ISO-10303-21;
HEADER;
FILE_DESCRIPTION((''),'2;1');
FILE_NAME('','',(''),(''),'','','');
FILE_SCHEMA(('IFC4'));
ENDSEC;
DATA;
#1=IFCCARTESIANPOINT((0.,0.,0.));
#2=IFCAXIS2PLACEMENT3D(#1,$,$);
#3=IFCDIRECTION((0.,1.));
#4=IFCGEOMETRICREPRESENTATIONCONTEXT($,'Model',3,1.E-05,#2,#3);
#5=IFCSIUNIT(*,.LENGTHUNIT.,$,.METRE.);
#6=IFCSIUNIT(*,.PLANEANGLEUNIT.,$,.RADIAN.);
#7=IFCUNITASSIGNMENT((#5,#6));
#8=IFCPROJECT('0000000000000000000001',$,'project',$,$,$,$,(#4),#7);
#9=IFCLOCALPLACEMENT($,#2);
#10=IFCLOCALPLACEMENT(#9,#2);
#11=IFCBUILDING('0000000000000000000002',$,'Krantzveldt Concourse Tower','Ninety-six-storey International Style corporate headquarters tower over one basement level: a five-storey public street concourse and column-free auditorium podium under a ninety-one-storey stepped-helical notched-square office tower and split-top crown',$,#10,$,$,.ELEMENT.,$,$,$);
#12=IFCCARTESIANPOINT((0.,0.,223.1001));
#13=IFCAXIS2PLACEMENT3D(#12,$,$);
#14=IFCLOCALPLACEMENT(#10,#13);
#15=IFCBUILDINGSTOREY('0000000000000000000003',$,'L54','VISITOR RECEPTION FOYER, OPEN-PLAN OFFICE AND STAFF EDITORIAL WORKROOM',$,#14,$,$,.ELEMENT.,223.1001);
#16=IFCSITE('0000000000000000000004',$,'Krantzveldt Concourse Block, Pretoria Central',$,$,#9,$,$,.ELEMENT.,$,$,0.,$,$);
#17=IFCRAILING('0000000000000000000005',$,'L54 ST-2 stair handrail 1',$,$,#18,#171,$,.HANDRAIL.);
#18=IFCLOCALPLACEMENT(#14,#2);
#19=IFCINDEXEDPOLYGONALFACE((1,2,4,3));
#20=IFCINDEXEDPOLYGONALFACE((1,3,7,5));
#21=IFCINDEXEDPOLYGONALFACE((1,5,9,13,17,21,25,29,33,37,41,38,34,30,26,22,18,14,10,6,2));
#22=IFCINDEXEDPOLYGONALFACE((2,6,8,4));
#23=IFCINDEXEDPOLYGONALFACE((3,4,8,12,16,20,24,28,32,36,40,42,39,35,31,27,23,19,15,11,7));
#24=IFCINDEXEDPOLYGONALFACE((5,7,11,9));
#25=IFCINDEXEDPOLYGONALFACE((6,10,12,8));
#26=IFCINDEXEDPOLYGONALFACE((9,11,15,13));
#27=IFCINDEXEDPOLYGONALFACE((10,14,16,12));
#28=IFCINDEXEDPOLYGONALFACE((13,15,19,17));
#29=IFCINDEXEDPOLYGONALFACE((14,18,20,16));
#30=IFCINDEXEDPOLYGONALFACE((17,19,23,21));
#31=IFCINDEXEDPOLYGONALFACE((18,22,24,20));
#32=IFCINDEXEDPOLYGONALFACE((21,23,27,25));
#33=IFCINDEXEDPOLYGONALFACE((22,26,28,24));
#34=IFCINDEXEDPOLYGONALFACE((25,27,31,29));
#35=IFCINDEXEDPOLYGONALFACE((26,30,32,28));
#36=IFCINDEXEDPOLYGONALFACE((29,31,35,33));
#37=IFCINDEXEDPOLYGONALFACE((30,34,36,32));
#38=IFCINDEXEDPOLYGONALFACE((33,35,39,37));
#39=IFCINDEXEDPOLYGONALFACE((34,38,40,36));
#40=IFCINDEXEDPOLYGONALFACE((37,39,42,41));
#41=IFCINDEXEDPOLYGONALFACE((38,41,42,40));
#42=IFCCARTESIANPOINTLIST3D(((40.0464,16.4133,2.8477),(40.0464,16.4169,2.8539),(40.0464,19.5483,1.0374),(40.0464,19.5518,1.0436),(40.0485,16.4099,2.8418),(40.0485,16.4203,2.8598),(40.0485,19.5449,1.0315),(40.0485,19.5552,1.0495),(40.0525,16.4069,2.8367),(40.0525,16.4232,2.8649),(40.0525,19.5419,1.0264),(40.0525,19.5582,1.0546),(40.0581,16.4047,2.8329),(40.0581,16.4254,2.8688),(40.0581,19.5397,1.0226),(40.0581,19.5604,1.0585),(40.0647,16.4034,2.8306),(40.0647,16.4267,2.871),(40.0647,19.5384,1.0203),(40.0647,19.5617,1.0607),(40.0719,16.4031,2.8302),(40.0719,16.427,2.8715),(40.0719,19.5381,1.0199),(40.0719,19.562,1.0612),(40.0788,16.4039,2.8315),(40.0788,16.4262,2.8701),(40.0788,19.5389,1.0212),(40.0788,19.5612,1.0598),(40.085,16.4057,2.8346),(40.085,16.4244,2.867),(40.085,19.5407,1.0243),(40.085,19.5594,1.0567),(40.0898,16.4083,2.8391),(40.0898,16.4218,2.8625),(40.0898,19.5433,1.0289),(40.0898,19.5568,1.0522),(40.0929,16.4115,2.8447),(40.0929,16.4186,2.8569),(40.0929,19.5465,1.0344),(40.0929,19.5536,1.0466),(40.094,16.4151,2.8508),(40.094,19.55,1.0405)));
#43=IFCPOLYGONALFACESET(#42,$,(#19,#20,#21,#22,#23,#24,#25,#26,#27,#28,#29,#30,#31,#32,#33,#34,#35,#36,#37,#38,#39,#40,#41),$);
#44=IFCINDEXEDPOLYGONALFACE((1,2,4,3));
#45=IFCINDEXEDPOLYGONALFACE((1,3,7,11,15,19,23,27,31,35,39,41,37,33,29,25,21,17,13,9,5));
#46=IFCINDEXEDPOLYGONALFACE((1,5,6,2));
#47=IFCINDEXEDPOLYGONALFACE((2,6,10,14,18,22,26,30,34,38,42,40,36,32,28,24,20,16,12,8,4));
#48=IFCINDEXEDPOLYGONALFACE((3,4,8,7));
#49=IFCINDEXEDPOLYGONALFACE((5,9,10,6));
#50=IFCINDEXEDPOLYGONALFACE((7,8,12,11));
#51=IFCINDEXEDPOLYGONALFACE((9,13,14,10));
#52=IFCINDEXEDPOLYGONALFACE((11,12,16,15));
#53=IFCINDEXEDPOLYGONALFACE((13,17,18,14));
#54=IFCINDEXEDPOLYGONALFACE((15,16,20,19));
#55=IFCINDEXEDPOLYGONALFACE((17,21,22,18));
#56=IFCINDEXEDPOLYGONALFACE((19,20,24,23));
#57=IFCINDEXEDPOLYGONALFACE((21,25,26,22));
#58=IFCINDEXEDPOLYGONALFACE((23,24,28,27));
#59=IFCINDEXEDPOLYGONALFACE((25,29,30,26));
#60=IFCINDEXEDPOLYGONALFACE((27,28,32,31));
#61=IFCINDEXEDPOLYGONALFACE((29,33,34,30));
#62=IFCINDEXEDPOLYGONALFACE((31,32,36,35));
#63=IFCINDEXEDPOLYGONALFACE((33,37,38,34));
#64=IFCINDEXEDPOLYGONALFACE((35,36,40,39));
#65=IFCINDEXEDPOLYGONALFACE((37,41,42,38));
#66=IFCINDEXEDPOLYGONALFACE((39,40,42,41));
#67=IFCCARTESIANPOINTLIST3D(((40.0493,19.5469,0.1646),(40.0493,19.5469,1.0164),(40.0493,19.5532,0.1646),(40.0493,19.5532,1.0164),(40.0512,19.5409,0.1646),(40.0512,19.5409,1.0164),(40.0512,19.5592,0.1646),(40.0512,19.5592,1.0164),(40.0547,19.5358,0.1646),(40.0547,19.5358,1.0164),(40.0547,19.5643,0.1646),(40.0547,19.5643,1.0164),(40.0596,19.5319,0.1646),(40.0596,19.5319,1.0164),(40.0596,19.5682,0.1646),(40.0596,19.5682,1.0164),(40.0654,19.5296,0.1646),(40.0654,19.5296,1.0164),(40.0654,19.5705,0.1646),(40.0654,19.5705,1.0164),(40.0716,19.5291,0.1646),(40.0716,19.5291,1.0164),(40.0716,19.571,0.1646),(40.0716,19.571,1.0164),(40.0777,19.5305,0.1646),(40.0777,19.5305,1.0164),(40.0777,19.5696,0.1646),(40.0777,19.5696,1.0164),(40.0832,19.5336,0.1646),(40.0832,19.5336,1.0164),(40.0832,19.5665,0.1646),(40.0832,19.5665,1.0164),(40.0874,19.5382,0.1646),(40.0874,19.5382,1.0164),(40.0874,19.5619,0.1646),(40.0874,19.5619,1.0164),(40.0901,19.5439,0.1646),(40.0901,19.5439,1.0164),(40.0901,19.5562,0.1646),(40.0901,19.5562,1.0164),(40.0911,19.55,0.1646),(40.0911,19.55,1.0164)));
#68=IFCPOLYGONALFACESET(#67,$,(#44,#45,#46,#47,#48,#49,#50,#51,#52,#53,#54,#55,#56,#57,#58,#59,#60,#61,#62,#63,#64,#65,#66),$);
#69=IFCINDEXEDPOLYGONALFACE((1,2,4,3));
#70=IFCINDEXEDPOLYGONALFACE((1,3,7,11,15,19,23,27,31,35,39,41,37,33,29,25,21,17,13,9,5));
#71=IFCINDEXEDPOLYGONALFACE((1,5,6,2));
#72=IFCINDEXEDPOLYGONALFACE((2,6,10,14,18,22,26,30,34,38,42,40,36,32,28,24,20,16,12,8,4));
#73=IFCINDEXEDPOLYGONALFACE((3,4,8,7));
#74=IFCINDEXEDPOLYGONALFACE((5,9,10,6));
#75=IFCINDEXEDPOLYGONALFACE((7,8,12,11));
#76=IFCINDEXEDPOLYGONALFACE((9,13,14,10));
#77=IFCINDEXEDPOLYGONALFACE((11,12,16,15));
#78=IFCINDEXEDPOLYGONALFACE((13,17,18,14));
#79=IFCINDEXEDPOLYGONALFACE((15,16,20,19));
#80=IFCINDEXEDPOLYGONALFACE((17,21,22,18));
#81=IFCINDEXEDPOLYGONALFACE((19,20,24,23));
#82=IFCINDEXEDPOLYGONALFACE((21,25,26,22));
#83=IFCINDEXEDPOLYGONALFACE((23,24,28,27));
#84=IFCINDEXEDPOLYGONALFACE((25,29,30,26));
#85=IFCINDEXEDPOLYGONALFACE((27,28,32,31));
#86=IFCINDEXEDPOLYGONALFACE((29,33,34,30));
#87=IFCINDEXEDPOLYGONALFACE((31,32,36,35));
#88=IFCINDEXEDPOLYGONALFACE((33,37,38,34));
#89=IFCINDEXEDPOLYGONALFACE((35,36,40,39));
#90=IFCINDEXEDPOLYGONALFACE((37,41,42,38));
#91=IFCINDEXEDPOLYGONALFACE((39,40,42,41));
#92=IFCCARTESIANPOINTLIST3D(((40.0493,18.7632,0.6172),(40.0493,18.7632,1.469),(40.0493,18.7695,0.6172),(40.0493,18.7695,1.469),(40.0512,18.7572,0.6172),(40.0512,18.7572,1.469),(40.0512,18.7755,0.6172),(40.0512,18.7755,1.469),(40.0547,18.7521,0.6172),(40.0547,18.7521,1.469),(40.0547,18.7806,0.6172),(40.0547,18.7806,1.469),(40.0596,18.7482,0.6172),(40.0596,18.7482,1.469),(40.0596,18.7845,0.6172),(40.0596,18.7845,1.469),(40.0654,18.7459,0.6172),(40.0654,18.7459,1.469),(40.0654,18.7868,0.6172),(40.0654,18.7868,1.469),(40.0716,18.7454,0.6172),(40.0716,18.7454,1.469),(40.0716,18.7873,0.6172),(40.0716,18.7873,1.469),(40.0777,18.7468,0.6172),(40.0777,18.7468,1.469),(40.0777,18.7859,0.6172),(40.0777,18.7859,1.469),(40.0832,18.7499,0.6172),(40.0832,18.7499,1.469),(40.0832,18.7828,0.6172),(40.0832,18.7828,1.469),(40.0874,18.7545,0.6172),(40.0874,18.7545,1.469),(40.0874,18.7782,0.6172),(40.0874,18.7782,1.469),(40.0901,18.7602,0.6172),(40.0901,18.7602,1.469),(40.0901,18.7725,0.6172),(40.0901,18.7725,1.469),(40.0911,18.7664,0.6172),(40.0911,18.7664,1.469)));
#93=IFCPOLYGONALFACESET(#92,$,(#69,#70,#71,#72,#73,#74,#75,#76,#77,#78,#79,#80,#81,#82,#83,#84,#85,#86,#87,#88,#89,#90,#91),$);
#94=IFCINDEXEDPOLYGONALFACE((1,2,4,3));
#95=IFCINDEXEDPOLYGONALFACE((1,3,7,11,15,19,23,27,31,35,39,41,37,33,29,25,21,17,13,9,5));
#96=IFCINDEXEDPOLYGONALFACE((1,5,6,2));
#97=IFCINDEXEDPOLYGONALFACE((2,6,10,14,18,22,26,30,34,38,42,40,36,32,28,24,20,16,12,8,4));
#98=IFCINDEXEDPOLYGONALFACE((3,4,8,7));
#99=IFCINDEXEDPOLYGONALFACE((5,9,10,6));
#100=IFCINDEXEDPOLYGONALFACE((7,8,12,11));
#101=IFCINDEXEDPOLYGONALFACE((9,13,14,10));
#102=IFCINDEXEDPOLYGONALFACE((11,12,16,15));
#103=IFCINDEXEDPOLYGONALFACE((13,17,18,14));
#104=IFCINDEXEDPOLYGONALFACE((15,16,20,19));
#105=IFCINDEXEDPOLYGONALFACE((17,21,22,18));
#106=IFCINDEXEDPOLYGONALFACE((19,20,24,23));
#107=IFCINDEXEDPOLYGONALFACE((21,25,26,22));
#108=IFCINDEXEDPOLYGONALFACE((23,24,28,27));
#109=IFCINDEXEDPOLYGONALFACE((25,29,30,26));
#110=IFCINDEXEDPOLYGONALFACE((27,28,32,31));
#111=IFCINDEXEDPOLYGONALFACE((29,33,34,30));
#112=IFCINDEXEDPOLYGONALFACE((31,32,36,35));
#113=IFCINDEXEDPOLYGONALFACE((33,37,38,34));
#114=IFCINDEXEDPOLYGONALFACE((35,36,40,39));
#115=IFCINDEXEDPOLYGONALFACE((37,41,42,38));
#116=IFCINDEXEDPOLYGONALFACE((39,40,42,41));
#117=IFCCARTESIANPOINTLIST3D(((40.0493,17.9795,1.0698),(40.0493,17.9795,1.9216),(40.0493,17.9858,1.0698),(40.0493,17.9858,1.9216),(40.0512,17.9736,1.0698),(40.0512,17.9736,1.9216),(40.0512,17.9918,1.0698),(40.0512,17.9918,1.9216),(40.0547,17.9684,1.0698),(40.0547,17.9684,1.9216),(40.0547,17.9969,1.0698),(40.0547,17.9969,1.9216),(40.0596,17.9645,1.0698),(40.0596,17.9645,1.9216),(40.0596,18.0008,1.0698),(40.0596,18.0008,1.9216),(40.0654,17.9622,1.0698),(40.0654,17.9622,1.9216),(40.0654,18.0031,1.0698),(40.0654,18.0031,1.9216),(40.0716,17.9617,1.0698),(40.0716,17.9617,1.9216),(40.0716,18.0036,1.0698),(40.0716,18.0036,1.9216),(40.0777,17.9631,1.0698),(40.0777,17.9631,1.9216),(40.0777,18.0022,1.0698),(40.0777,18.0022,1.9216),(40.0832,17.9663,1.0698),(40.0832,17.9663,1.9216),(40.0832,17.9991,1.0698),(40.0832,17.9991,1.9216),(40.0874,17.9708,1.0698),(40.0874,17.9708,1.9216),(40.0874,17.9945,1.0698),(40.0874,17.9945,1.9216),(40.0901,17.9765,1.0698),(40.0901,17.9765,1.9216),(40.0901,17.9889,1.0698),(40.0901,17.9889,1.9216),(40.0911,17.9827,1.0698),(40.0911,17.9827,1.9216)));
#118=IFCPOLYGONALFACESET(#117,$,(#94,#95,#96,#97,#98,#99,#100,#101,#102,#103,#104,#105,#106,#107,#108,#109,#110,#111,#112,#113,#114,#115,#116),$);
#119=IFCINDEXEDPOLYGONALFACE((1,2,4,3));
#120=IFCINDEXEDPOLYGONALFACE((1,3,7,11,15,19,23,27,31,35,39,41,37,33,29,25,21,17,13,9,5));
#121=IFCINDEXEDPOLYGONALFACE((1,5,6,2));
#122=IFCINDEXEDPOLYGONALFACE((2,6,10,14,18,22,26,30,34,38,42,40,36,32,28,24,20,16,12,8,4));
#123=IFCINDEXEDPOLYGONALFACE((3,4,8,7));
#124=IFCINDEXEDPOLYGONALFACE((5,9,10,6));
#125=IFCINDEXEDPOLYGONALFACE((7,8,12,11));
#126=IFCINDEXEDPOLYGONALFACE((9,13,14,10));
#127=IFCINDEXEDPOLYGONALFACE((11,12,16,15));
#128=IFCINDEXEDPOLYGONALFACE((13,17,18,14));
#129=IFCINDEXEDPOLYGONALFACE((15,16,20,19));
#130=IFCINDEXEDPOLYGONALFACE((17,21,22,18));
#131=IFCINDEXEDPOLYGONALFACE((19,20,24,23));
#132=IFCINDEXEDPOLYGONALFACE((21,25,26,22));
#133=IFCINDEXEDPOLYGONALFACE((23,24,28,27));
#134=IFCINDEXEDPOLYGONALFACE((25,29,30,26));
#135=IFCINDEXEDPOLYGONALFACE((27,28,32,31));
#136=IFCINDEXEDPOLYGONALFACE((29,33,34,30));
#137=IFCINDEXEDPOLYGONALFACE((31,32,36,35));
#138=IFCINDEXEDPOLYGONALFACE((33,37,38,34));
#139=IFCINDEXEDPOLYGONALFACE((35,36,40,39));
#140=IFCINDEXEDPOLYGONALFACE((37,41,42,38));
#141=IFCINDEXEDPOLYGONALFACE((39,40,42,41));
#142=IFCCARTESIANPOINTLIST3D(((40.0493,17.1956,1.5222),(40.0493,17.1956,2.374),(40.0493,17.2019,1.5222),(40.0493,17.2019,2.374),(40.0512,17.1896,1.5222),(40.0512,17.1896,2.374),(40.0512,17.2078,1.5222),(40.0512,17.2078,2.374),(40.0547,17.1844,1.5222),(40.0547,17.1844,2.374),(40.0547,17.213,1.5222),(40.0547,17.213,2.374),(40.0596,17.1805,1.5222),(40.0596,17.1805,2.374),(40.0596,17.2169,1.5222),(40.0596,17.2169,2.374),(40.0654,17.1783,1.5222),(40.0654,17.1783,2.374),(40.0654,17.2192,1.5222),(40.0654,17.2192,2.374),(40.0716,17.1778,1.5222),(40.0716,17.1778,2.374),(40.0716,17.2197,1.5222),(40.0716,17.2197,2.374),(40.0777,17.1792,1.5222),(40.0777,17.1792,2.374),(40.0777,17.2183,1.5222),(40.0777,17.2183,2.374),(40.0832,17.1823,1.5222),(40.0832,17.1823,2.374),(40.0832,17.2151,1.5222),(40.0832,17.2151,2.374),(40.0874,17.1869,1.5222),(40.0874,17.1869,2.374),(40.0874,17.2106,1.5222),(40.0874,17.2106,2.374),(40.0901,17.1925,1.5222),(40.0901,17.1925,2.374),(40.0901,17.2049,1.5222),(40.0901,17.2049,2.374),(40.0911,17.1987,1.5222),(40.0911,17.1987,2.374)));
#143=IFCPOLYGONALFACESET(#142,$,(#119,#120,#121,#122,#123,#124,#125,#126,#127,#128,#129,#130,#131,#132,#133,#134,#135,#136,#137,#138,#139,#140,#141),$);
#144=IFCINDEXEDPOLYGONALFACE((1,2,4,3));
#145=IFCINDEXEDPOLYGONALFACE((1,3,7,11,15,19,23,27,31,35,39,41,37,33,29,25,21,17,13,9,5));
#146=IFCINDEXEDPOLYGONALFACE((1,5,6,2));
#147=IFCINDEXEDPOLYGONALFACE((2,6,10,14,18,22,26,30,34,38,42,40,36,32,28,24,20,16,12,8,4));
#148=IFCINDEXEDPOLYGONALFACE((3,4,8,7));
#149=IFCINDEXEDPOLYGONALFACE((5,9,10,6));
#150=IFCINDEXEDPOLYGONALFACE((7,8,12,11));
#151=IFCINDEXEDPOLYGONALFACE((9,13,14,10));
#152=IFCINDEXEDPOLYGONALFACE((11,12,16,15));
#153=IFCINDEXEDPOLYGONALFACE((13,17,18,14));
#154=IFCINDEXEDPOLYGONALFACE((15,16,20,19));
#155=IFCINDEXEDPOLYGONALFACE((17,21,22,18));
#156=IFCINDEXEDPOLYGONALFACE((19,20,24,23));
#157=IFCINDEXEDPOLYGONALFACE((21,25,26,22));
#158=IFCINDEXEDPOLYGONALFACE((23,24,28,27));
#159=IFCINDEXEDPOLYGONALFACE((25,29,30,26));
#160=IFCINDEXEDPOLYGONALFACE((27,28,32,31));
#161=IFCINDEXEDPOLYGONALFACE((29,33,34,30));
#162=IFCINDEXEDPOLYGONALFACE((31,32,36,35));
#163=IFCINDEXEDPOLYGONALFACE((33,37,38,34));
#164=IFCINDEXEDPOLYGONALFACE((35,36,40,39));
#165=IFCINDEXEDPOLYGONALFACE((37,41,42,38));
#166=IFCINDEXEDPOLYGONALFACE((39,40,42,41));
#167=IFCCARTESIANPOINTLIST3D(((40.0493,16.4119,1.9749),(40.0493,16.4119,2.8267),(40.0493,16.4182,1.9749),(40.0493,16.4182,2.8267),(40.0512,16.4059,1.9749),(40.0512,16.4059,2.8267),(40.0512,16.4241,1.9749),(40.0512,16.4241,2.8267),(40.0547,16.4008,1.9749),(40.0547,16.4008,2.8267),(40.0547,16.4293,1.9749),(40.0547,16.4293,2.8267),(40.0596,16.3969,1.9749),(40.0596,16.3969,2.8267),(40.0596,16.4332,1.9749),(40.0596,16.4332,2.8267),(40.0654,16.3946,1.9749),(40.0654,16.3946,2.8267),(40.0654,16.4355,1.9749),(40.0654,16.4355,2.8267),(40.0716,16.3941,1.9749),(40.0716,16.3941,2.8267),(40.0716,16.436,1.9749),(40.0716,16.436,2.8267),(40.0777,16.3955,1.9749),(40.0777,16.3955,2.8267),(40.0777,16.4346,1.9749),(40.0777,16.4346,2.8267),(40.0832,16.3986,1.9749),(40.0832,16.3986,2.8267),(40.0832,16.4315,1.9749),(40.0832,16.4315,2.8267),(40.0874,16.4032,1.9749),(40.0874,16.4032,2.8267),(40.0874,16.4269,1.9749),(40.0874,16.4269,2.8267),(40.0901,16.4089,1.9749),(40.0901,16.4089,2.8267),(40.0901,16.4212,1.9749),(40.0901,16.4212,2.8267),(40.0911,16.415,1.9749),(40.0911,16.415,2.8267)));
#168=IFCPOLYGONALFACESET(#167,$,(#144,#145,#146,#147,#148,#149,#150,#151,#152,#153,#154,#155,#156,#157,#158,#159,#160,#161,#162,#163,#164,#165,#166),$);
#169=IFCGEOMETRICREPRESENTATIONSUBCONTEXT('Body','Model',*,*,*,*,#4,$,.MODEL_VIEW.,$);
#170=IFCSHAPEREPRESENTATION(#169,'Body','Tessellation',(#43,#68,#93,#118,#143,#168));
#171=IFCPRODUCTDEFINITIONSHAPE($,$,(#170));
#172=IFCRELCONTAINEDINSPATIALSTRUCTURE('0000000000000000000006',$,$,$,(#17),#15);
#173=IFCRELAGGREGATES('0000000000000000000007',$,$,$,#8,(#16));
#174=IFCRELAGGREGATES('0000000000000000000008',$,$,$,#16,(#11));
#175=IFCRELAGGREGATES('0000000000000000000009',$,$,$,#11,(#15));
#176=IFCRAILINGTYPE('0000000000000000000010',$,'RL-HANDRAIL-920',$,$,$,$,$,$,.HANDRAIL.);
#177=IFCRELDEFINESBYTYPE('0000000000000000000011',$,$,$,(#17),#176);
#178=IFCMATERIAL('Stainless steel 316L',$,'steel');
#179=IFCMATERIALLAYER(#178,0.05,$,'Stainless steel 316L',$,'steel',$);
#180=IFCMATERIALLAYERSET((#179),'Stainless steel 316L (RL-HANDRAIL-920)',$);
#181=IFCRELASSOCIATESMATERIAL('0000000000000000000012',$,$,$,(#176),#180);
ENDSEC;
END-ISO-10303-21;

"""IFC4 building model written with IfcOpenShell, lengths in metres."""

from ifc_helpers import new_model, si_unit, direction, frame, origin, origin_2d, place, context, subcontext, project, spatial, circle, extrude, material, layer, layer_set, type_object, element, save


model = new_model("IFC4")

# Units and contexts
model_context = context("Model", 3, precision=1e-05, world=origin(), true_north=direction((0.0, 1.0)))
body_context = subcontext(model_context, "Body", "Model", "MODEL_VIEW")
ifc_project = project(units=[si_unit("LENGTHUNIT", "METRE"), si_unit("PLANEANGLEUNIT", "RADIAN")], contexts=[model_context])

# Site, building, storey
site_placement = place(None, origin())
site = spatial("IfcSite", under=ifc_project, at=site_placement, Name="Krantzveldt Concourse Block, Pretoria Central", CompositionType="ELEMENT", RefElevation=0.0)
building_placement = place(site_placement, origin())
building = spatial("IfcBuilding", under=site, at=building_placement, Name="Krantzveldt Concourse Tower", Description="Ninety-six-storey International Style corporate headquarters tower over one basement level: a five-storey public street concourse and column-free auditorium podium under a ninety-one-storey stepped-helical notched-square office tower and split-top crown", CompositionType="ELEMENT")
storey_placement = place(building_placement, frame((0.0, 0.0, 223.1001)))
storey = spatial("IfcBuildingStorey", under=building, at=storey_placement, Name="L54", Description="VISITOR RECEPTION FOYER, OPEN-PLAN OFFICE AND STAFF EDITORIAL WORKROOM", CompositionType="ELEMENT", Elevation=223.1001)

# Shared definitions
ifc_material_1 = material(Name="Stainless steel 316L", Category="steel")

# Railing
ifc_layer_1 = layer(ifc_material_1, 0.05, Name="Stainless steel 316L", Category="steel")
ifc_layer_set_1 = layer_set([ifc_layer_1], Name="Stainless steel 316L (RL-HANDRAIL-920)")
railing_type_1 = type_object("IfcRailingType", Name="RL-HANDRAIL-920", PredefinedType="HANDRAIL", material=ifc_layer_set_1)
railing_1_placement = place(storey_placement, frame((40.0701, 19.55, 0.1646)))
element("IfcRailing", 1, at=railing_1_placement, inside=storey, type_object=railing_type_1, Name="L54 ST-2 stair handrail 1", PredefinedType="HANDRAIL", context=body_context, shape_type="SweptSolid", body=[
    extrude(circle(Radius=0.0239, at=origin_2d()), frame((0.0, 0.0, 0.876), z_axis=(0.0, -0.865989, 0.500063), x_axis=(1.0, 0.0, 0.0)), (0.0, 0.0, 1.0), 3.6201),
    extrude(circle(Radius=0.021, at=origin_2d()), origin(), (0.0, 0.0, 1.0), 0.8518),
    extrude(circle(Radius=0.021, at=origin_2d()), frame((0.0, -0.7837, 0.4526)), (0.0, 0.0, 1.0), 0.8518),
    extrude(circle(Radius=0.021, at=origin_2d()), frame((0.0, -1.5674, 0.9053)), (0.0, 0.0, 1.0), 0.8518),
    extrude(circle(Radius=0.021, at=origin_2d()), frame((0.0, -2.3513, 1.3577)), (0.0, 0.0, 1.0), 0.8518),
    extrude(circle(Radius=0.021, at=origin_2d()), frame((0.0, -3.135, 1.8103)), (0.0, 0.0, 1.0), 0.8518),
])

save(model, "model.ifc")
